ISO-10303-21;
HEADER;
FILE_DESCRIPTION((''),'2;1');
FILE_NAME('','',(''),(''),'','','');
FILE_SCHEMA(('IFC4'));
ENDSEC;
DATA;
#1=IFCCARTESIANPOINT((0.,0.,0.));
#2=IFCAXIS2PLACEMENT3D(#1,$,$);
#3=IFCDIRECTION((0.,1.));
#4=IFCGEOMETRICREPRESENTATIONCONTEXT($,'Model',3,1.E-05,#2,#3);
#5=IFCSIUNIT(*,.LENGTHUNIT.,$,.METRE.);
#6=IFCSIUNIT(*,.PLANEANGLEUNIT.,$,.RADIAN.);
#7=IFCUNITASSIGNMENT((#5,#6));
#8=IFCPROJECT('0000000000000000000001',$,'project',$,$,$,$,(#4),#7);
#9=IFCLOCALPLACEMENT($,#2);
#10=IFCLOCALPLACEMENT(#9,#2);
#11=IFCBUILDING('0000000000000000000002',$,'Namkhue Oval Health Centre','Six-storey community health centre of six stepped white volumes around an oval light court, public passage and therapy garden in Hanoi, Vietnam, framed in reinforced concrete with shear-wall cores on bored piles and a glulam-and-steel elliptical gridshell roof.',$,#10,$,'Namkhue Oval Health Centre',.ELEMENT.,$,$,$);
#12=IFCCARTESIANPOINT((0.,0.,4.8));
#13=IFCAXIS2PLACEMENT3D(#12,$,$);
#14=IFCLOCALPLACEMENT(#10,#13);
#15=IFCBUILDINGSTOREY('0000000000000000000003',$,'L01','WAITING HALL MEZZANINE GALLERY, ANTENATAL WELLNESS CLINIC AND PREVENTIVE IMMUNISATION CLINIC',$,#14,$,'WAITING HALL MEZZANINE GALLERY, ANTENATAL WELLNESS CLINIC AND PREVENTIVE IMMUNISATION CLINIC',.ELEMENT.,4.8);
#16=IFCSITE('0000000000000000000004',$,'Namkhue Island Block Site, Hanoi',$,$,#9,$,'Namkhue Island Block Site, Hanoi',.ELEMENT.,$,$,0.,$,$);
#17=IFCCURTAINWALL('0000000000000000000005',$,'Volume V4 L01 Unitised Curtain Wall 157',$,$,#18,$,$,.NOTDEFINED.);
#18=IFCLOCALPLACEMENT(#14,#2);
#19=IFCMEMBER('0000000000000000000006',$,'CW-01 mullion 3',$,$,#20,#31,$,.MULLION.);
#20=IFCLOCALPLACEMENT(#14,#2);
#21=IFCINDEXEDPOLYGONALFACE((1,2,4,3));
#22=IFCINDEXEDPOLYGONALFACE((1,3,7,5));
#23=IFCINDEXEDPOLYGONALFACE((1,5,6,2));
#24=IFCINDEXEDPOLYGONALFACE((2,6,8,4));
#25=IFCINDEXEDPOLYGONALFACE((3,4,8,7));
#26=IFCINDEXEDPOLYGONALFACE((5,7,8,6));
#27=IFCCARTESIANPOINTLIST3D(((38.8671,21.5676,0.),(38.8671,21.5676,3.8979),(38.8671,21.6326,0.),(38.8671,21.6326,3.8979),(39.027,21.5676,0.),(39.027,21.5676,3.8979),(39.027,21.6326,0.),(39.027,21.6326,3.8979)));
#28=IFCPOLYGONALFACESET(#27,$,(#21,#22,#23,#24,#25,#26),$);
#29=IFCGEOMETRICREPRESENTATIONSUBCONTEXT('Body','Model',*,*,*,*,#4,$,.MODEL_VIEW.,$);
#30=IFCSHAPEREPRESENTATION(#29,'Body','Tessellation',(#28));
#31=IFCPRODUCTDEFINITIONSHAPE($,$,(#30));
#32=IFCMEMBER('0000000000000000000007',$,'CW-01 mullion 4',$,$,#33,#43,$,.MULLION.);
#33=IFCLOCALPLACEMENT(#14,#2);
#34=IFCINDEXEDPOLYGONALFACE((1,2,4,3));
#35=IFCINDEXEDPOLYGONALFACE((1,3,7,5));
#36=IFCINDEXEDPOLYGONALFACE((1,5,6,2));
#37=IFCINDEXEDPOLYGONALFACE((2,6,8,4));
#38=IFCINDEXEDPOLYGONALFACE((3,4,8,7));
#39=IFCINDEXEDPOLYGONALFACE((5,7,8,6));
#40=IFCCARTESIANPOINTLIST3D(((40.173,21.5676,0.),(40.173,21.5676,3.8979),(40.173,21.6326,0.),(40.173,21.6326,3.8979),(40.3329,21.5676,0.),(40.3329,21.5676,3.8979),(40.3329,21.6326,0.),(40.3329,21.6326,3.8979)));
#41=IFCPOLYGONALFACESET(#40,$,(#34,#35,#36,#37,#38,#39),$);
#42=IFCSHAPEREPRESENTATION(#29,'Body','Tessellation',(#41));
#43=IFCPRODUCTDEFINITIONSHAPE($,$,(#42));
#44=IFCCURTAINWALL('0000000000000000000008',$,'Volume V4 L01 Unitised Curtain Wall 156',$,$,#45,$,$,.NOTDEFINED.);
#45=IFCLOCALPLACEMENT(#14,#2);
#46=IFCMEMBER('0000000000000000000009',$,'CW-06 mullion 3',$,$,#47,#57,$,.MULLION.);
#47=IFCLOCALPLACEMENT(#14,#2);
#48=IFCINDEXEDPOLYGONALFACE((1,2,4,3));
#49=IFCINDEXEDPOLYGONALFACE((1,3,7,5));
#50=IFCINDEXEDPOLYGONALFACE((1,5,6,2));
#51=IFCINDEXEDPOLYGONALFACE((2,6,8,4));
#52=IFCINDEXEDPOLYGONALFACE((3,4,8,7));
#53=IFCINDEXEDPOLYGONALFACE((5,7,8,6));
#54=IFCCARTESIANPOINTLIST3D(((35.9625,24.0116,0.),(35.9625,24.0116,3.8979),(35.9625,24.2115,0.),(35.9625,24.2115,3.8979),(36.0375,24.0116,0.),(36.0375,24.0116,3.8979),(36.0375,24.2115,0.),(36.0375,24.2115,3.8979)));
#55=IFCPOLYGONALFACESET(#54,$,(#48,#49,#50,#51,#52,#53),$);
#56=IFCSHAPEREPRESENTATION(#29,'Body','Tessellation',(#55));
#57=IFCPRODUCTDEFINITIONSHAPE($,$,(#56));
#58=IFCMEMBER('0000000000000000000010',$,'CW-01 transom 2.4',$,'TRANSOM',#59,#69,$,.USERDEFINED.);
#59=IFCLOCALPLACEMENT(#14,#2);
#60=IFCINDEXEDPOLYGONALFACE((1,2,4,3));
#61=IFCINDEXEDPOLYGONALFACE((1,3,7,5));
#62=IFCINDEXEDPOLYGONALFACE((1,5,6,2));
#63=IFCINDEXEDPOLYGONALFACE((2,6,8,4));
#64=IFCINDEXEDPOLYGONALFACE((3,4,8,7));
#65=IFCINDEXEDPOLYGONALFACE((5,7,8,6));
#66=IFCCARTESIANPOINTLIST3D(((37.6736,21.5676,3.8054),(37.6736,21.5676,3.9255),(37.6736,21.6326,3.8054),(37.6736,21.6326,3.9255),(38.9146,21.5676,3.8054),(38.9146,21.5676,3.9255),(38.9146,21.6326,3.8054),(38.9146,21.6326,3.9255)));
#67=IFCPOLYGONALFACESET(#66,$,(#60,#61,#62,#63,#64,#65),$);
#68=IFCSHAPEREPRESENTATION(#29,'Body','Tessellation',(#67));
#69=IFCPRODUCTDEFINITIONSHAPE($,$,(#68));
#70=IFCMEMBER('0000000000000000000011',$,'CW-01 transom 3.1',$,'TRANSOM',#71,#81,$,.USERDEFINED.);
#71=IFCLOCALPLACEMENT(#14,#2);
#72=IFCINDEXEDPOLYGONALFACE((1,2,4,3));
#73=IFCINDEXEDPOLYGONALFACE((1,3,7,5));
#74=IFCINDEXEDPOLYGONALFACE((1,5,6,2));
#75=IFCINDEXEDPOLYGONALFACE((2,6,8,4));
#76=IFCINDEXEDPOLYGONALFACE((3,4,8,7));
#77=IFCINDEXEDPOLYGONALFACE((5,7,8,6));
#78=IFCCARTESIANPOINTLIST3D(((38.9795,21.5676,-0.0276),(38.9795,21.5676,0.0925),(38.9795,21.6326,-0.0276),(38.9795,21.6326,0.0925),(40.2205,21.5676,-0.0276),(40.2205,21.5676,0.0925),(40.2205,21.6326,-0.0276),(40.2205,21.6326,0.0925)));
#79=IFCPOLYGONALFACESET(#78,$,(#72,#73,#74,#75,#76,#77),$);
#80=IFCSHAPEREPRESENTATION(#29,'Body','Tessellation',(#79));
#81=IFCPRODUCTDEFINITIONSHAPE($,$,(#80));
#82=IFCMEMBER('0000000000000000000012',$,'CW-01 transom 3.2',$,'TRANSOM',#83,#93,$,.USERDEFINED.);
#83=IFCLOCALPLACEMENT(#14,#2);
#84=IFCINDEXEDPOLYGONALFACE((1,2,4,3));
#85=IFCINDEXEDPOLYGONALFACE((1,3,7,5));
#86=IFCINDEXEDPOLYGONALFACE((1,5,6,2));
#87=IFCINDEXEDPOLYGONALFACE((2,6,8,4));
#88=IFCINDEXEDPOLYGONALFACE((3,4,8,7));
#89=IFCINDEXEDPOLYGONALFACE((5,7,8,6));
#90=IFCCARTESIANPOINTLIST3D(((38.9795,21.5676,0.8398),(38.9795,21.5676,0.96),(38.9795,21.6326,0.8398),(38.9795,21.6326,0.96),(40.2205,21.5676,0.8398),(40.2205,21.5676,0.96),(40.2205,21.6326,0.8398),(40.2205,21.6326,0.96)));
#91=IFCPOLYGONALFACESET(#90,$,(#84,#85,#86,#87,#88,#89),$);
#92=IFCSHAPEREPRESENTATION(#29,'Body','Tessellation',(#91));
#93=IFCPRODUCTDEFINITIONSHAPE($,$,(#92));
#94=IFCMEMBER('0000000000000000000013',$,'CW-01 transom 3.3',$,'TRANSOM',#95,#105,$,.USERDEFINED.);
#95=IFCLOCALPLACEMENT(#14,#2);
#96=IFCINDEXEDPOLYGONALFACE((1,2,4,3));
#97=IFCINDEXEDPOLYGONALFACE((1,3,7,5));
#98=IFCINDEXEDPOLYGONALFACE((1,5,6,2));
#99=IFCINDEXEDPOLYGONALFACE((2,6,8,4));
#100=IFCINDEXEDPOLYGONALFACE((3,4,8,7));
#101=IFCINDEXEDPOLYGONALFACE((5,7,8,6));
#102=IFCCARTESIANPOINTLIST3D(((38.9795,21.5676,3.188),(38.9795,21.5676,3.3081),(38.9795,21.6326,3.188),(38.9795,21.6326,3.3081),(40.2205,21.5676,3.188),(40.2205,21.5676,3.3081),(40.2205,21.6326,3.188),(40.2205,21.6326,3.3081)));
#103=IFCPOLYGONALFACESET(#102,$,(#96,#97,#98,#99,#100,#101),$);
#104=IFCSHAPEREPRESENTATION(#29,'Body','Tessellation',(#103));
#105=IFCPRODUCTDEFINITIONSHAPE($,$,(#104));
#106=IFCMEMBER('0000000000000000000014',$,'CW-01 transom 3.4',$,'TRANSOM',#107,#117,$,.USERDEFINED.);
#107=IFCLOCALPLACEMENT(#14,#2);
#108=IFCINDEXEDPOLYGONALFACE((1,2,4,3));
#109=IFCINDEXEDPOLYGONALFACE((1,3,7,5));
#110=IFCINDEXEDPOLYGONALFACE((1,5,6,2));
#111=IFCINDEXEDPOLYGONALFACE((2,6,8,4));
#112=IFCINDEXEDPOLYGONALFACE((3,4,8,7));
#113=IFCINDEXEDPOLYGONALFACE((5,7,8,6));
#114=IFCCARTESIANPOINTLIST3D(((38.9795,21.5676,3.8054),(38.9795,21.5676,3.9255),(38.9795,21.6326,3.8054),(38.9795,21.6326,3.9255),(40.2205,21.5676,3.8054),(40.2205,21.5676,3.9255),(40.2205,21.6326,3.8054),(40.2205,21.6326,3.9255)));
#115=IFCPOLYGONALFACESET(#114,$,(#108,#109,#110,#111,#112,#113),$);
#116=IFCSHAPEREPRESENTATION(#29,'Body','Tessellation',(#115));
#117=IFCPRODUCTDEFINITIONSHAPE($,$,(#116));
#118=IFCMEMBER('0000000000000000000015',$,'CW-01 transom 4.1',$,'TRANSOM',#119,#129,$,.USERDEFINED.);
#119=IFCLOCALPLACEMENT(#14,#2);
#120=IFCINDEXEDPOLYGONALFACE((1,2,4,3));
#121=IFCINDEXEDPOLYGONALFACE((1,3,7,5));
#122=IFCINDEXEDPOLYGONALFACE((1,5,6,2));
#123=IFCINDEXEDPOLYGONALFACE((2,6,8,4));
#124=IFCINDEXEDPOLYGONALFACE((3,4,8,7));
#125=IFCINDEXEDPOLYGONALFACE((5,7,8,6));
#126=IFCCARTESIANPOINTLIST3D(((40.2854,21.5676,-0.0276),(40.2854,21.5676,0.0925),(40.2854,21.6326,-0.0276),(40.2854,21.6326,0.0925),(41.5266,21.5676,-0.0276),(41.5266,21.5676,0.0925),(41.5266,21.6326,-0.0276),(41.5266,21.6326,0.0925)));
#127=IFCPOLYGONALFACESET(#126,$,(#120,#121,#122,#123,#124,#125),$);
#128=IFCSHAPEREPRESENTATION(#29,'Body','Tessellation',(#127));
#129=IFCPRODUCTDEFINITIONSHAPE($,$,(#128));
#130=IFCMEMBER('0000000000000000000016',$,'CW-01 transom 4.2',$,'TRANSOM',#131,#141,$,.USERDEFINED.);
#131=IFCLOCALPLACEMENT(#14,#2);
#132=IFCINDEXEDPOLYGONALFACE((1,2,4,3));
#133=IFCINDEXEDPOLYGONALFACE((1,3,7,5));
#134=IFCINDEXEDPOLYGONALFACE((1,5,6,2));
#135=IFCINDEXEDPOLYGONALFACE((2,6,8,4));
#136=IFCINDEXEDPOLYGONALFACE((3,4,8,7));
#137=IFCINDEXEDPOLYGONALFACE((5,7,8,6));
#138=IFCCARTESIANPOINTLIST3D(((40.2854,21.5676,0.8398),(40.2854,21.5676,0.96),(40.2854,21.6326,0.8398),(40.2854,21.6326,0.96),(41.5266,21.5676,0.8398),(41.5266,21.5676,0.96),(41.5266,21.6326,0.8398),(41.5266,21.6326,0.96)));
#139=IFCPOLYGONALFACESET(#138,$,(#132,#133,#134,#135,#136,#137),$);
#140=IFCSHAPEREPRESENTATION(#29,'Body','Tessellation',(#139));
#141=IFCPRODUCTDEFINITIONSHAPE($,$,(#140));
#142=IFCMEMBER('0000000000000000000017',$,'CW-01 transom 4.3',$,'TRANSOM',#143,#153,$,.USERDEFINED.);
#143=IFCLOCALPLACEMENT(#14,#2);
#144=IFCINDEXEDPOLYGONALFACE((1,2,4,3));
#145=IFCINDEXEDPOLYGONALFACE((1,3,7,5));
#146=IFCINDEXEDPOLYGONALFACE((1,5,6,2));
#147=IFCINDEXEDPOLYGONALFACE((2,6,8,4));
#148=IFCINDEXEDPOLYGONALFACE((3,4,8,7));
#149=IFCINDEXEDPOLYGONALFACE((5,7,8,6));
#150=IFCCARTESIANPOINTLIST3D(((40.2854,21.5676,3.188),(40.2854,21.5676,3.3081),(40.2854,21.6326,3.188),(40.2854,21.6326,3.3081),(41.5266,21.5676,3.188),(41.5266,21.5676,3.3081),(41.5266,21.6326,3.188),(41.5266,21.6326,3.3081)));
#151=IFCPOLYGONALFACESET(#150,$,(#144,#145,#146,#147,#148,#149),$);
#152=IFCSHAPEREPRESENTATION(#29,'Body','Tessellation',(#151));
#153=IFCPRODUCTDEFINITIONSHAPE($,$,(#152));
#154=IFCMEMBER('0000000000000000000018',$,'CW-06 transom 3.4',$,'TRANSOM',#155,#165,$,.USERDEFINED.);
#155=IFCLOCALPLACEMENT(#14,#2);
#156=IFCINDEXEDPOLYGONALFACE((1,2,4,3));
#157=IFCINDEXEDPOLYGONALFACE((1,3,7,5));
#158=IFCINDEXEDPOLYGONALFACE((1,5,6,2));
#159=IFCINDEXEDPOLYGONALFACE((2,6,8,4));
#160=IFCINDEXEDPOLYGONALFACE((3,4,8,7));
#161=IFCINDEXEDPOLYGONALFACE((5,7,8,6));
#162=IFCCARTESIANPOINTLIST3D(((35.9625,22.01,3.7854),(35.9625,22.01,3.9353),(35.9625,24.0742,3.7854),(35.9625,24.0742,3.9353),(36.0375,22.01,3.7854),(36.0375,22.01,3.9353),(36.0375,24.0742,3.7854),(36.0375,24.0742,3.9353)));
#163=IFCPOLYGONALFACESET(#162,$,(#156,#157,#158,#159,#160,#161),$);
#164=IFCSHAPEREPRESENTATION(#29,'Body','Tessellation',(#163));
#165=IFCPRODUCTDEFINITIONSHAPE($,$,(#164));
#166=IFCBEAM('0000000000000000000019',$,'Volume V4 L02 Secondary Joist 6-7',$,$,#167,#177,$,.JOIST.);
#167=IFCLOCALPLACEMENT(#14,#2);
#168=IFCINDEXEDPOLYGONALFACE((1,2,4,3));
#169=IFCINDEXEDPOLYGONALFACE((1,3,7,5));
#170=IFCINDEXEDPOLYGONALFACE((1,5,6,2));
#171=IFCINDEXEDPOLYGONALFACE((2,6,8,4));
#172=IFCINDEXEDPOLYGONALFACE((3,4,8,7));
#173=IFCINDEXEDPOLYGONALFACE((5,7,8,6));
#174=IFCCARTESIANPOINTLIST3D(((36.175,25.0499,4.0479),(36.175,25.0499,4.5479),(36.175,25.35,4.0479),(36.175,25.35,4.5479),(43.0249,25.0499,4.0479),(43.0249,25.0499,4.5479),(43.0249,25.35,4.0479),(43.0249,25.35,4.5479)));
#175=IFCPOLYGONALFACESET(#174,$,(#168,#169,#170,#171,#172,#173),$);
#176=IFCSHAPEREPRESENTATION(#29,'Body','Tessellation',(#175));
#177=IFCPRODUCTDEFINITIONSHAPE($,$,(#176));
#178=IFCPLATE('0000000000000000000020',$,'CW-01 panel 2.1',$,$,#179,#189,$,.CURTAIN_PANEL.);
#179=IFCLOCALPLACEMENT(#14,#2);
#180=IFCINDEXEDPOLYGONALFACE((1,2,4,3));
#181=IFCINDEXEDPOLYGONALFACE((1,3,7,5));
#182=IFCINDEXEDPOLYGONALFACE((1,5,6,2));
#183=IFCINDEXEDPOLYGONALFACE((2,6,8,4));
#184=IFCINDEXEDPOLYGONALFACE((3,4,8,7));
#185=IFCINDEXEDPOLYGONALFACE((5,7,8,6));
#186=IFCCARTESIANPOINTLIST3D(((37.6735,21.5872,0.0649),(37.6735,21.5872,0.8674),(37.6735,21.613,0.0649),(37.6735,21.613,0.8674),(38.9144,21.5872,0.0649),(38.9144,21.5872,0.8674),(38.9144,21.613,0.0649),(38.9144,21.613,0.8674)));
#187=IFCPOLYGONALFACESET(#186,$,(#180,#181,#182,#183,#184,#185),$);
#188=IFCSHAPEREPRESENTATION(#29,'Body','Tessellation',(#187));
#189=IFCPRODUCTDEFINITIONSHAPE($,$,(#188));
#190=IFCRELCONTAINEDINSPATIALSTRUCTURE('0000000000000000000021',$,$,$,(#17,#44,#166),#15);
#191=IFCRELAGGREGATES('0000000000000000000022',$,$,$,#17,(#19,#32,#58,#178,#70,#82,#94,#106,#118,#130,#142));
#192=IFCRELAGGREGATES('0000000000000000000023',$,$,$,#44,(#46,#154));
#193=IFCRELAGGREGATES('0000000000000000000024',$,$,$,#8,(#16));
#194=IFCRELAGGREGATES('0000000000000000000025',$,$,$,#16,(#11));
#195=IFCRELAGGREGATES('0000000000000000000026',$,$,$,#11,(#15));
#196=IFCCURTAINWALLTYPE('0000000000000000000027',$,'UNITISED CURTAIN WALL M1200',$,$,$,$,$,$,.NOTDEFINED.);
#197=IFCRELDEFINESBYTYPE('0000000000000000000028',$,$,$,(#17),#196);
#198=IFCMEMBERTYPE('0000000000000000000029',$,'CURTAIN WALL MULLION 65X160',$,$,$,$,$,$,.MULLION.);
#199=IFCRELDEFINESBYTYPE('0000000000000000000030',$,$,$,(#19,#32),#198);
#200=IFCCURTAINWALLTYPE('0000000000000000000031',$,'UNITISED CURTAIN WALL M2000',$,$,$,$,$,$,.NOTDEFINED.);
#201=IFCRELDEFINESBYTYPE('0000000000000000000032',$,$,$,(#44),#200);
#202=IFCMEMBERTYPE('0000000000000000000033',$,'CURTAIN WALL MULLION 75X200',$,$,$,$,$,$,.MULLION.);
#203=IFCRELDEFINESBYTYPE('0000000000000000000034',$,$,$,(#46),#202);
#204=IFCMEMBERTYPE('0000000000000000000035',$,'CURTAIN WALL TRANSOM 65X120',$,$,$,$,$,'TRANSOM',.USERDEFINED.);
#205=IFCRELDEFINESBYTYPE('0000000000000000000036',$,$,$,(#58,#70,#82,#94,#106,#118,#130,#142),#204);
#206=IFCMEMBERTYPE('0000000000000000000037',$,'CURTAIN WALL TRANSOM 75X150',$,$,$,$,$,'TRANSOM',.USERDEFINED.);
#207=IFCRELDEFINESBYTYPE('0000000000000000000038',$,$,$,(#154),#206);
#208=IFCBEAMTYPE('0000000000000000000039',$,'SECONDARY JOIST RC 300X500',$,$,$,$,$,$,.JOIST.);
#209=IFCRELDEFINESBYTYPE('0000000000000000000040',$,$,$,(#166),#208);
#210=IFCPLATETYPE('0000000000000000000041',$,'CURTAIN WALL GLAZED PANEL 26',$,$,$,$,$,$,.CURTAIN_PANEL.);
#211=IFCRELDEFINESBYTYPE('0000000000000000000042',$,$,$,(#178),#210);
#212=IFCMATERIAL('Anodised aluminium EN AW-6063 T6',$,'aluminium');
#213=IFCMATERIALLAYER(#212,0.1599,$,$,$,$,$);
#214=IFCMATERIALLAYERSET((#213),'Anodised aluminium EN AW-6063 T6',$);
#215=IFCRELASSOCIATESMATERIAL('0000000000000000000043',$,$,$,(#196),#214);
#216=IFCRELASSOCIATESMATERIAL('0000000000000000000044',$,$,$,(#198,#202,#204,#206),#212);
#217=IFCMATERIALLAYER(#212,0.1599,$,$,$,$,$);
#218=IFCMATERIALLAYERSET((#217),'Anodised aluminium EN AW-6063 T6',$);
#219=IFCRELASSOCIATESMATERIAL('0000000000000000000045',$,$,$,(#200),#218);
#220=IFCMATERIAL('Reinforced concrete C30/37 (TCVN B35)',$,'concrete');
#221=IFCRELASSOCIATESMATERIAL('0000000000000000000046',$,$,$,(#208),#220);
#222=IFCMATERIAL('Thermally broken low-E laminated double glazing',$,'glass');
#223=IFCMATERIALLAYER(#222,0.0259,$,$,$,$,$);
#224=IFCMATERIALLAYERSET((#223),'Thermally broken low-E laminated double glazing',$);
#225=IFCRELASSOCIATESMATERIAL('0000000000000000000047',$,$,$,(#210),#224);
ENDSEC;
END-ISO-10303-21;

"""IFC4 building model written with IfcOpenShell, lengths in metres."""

from ifc_helpers import new_model, si_unit, direction, frame, origin, origin_2d, place, context, subcontext, project, spatial, rectangle, extrude, material, layer, layer_set, material_profile, profile_set, type_object, element, aggregate, save


model = new_model("IFC4")

# Units and contexts
model_context = context("Model", 3, precision=1e-05, world=origin(), true_north=direction((0.0, 1.0)))
body_context = subcontext(model_context, "Body", "Model", "MODEL_VIEW")
ifc_project = project(units=[si_unit("LENGTHUNIT", "METRE"), si_unit("PLANEANGLEUNIT", "RADIAN")], contexts=[model_context])

# Site, building, storey
site_placement = place(None, origin())
site = spatial("IfcSite", under=ifc_project, at=site_placement, Name="Namkhue Island Block Site, Hanoi", LongName="Namkhue Island Block Site, Hanoi", CompositionType="ELEMENT", RefElevation=0.0)
building_placement = place(site_placement, origin())
building = spatial("IfcBuilding", under=site, at=building_placement, Name="Namkhue Oval Health Centre", Description="Six-storey community health centre of six stepped white volumes around an oval light court, public passage and therapy garden in Hanoi, Vietnam, framed in reinforced concrete with shear-wall cores on bored piles and a glulam-and-steel elliptical gridshell roof.", LongName="Namkhue Oval Health Centre", CompositionType="ELEMENT")
storey_placement = place(building_placement, frame((0.0, 0.0, 4.8)))
storey = spatial("IfcBuildingStorey", under=building, at=storey_placement, Name="L01", Description="WAITING HALL MEZZANINE GALLERY, ANTENATAL WELLNESS CLINIC AND PREVENTIVE IMMUNISATION CLINIC", LongName="WAITING HALL MEZZANINE GALLERY, ANTENATAL WELLNESS CLINIC AND PREVENTIVE IMMUNISATION CLINIC", CompositionType="ELEMENT", Elevation=4.8)

# Curtain wall, members
ifc_material_1 = material(Name="Anodised aluminium EN AW-6063 T6", Category="aluminium")
ifc_layer_1 = layer(ifc_material_1, 0.1599)
ifc_layer_set_1 = layer_set([ifc_layer_1], Name="Anodised aluminium EN AW-6063 T6")
curtain_wall_type_1 = type_object("IfcCurtainWallType", Name="UNITISED CURTAIN WALL M1200", PredefinedType="NOTDEFINED", material=ifc_layer_set_1)
curtain_wall_1_placement = place(storey_placement, origin())
curtain_wall_1 = element("IfcCurtainWall", 1, at=curtain_wall_1_placement, inside=storey, type_object=curtain_wall_type_1, Name="Volume V4 L01 Unitised Curtain Wall 157", PredefinedType="NOTDEFINED")
ifc_material_profile_1 = material_profile(ifc_material_1, rectangle(XDim=0.0649, YDim=0.1599, at=origin_2d()), Name="ALU 65x160")
ifc_profile_set_1 = profile_set([ifc_material_profile_1], Name="Anodised aluminium EN AW-6063 T6")
member_type_1 = type_object("IfcMemberType", Name="CURTAIN WALL MULLION 65X160", PredefinedType="MULLION", material=ifc_profile_set_1)
member_1_placement = place(storey_placement, frame((38.947, 21.6001, 0.0), z_axis=(0.0, 0.0, 1.0), x_axis=(0.0, 1.0, 0.0)))
member_1 = element("IfcMember", 2, at=member_1_placement, type_object=member_type_1, Name="CW-01 mullion 3", PredefinedType="MULLION", context=body_context, shape_type="SweptSolid", body=[
    extrude(rectangle(XDim=0.0649, YDim=0.1599, at=origin_2d()), origin(), (0.0, 0.0, 1.0), 3.8979),
])
member_2_placement = place(storey_placement, frame((40.2529, 21.6001, 0.0), z_axis=(0.0, 0.0, 1.0), x_axis=(0.0, 1.0, 0.0)))
member_2 = element("IfcMember", 3, at=member_2_placement, type_object=member_type_1, Name="CW-01 mullion 4", PredefinedType="MULLION", context=body_context, shape_type="SweptSolid", body=[
    extrude(rectangle(XDim=0.0649, YDim=0.1599, at=origin_2d()), origin(), (0.0, 0.0, 1.0), 3.8979),
])

# Curtain wall, member
ifc_layer_2 = layer(ifc_material_1, 0.1599)
ifc_layer_set_2 = layer_set([ifc_layer_2], Name="Anodised aluminium EN AW-6063 T6")
curtain_wall_type_2 = type_object("IfcCurtainWallType", Name="UNITISED CURTAIN WALL M2000", PredefinedType="NOTDEFINED", material=ifc_layer_set_2)
curtain_wall_2_placement = place(storey_placement, origin())
curtain_wall_2 = element("IfcCurtainWall", 4, at=curtain_wall_2_placement, inside=storey, type_object=curtain_wall_type_2, Name="Volume V4 L01 Unitised Curtain Wall 156", PredefinedType="NOTDEFINED")
ifc_material_profile_2 = material_profile(ifc_material_1, rectangle(XDim=0.075, YDim=0.2, at=origin_2d()), Name="ALU 75x200")
ifc_profile_set_2 = profile_set([ifc_material_profile_2], Name="Anodised aluminium EN AW-6063 T6")
member_type_2 = type_object("IfcMemberType", Name="CURTAIN WALL MULLION 75X200", PredefinedType="MULLION", material=ifc_profile_set_2)
member_3_placement = place(storey_placement, frame((36.0, 24.1116, 0.0), z_axis=(0.0, 0.0, 1.0), x_axis=(1.0, 0.0, 0.0)))
member_3 = element("IfcMember", 5, at=member_3_placement, type_object=member_type_2, Name="CW-06 mullion 3", PredefinedType="MULLION", context=body_context, shape_type="SweptSolid", body=[
    extrude(rectangle(XDim=0.075, YDim=0.2, at=origin_2d()), origin(), (0.0, 0.0, 1.0), 3.8979),
])

# Members
ifc_material_profile_3 = material_profile(ifc_material_1, rectangle(XDim=0.0649, YDim=0.1201, at=origin_2d()), Name="ALU 65x120")
ifc_profile_set_3 = profile_set([ifc_material_profile_3], Name="Anodised aluminium EN AW-6063 T6")
member_type_3 = type_object("IfcMemberType", Name="CURTAIN WALL TRANSOM 65X120", ElementType="TRANSOM", PredefinedType="USERDEFINED", material=ifc_profile_set_3)
member_4_placement = place(storey_placement, frame((37.6736, 21.6001, 3.8655), z_axis=(1.0, 0.0, 0.0), x_axis=(0.0, 1.0, 0.0)))
member_4 = element("IfcMember", 6, at=member_4_placement, type_object=member_type_3, Name="CW-01 transom 2.4", ObjectType="TRANSOM", PredefinedType="USERDEFINED", context=body_context, shape_type="SweptSolid", body=[
    extrude(rectangle(XDim=0.0649, YDim=0.1201, at=origin_2d()), origin(), (0.0, 0.0, 1.0), 1.241),
])
member_5_placement = place(storey_placement, frame((38.9795, 21.6001, 0.0325), z_axis=(1.0, 0.0, 0.0), x_axis=(0.0, 1.0, 0.0)))
member_5 = element("IfcMember", 7, at=member_5_placement, type_object=member_type_3, Name="CW-01 transom 3.1", ObjectType="TRANSOM", PredefinedType="USERDEFINED", context=body_context, shape_type="SweptSolid", body=[
    extrude(rectangle(XDim=0.0649, YDim=0.1201, at=origin_2d()), origin(), (0.0, 0.0, 1.0), 1.241),
])
member_6_placement = place(storey_placement, frame((38.9795, 21.6001, 0.8999), z_axis=(1.0, 0.0, 0.0), x_axis=(0.0, 1.0, 0.0)))
member_6 = element("IfcMember", 8, at=member_6_placement, type_object=member_type_3, Name="CW-01 transom 3.2", ObjectType="TRANSOM", PredefinedType="USERDEFINED", context=body_context, shape_type="SweptSolid", body=[
    extrude(rectangle(XDim=0.0649, YDim=0.1201, at=origin_2d()), origin(), (0.0, 0.0, 1.0), 1.241),
])
member_7_placement = place(storey_placement, frame((38.9795, 21.6001, 3.248), z_axis=(1.0, 0.0, 0.0), x_axis=(0.0, 1.0, 0.0)))
member_7 = element("IfcMember", 9, at=member_7_placement, type_object=member_type_3, Name="CW-01 transom 3.3", ObjectType="TRANSOM", PredefinedType="USERDEFINED", context=body_context, shape_type="SweptSolid", body=[
    extrude(rectangle(XDim=0.0649, YDim=0.1201, at=origin_2d()), origin(), (0.0, 0.0, 1.0), 1.241),
])
member_8_placement = place(storey_placement, frame((38.9795, 21.6001, 3.8655), z_axis=(1.0, 0.0, 0.0), x_axis=(0.0, 1.0, 0.0)))
member_8 = element("IfcMember", 10, at=member_8_placement, type_object=member_type_3, Name="CW-01 transom 3.4", ObjectType="TRANSOM", PredefinedType="USERDEFINED", context=body_context, shape_type="SweptSolid", body=[
    extrude(rectangle(XDim=0.0649, YDim=0.1201, at=origin_2d()), origin(), (0.0, 0.0, 1.0), 1.241),
])
member_9_placement = place(storey_placement, frame((40.2854, 21.6001, 0.0325), z_axis=(1.0, 0.0, 0.0), x_axis=(0.0, 1.0, 0.0)))
member_9 = element("IfcMember", 11, at=member_9_placement, type_object=member_type_3, Name="CW-01 transom 4.1", ObjectType="TRANSOM", PredefinedType="USERDEFINED", context=body_context, shape_type="SweptSolid", body=[
    extrude(rectangle(XDim=0.0649, YDim=0.1201, at=origin_2d()), origin(), (0.0, 0.0, 1.0), 1.2412),
])
member_10_placement = place(storey_placement, frame((40.2854, 21.6001, 0.8999), z_axis=(1.0, 0.0, 0.0), x_axis=(0.0, 1.0, 0.0)))
member_10 = element("IfcMember", 12, at=member_10_placement, type_object=member_type_3, Name="CW-01 transom 4.2", ObjectType="TRANSOM", PredefinedType="USERDEFINED", context=body_context, shape_type="SweptSolid", body=[
    extrude(rectangle(XDim=0.0649, YDim=0.1201, at=origin_2d()), origin(), (0.0, 0.0, 1.0), 1.2412),
])
member_11_placement = place(storey_placement, frame((40.2854, 21.6001, 3.248), z_axis=(1.0, 0.0, 0.0), x_axis=(0.0, 1.0, 0.0)))
member_11 = element("IfcMember", 13, at=member_11_placement, type_object=member_type_3, Name="CW-01 transom 4.3", ObjectType="TRANSOM", PredefinedType="USERDEFINED", context=body_context, shape_type="SweptSolid", body=[
    extrude(rectangle(XDim=0.0649, YDim=0.1201, at=origin_2d()), origin(), (0.0, 0.0, 1.0), 1.2412),
])
ifc_material_profile_4 = material_profile(ifc_material_1, rectangle(XDim=0.075, YDim=0.1499, at=origin_2d()), Name="ALU 75x150")
ifc_profile_set_4 = profile_set([ifc_material_profile_4], Name="Anodised aluminium EN AW-6063 T6")
member_type_4 = type_object("IfcMemberType", Name="CURTAIN WALL TRANSOM 75X150", ElementType="TRANSOM", PredefinedType="USERDEFINED", material=ifc_profile_set_4)
member_12_placement = place(storey_placement, frame((36.0, 24.0742, 3.8604), z_axis=(0.0, -1.0, 0.0), x_axis=(1.0, 0.0, 0.0)))
member_12 = element("IfcMember", 14, at=member_12_placement, type_object=member_type_4, Name="CW-06 transom 3.4", ObjectType="TRANSOM", PredefinedType="USERDEFINED", context=body_context, shape_type="SweptSolid", body=[
    extrude(rectangle(XDim=0.075, YDim=0.1499, at=origin_2d()), origin(), (0.0, 0.0, 1.0), 2.0642),
])

# Beam
ifc_material_2 = material(Name="Reinforced concrete C30/37 (TCVN B35)", Category="concrete")
ifc_material_profile_5 = material_profile(ifc_material_2, rectangle(XDim=0.3, YDim=0.5, at=origin_2d()), Name="RC 300x500")
ifc_profile_set_5 = profile_set([ifc_material_profile_5], Name="Reinforced concrete C30/37 (TCVN B35)")
beam_type = type_object("IfcBeamType", Name="SECONDARY JOIST RC 300X500", PredefinedType="JOIST", material=ifc_profile_set_5)
beam_placement = place(storey_placement, frame((36.175, 25.2, 4.2979), z_axis=(1.0, 0.0, 0.0), x_axis=(0.0, 1.0, 0.0)))
element("IfcBeam", 15, at=beam_placement, inside=storey, type_object=beam_type, Name="Volume V4 L02 Secondary Joist 6-7", PredefinedType="JOIST", context=body_context, shape_type="SweptSolid", body=[
    extrude(rectangle(XDim=0.3, YDim=0.5, at=origin_2d()), origin(), (0.0, 0.0, 1.0), 6.8499),
])

# Plate
ifc_material_3 = material(Name="Thermally broken low-E laminated double glazing", Category="glass")
ifc_layer_3 = layer(ifc_material_3, 0.0259)
ifc_layer_set_3 = layer_set([ifc_layer_3], Name="Thermally broken low-E laminated double glazing")
plate_type_1 = type_object("IfcPlateType", Name="CURTAIN WALL GLAZED PANEL 26", PredefinedType="CURTAIN_PANEL", material=ifc_layer_set_3)
plate_1_placement = place(storey_placement, frame((38.2939, 21.6001, 0.0649), z_axis=(0.0, 0.0, 1.0), x_axis=(1.0, 0.0, 0.0)))
plate_1 = element("IfcPlate", 16, at=plate_1_placement, type_object=plate_type_1, Name="CW-01 panel 2.1", PredefinedType="CURTAIN_PANEL", context=body_context, shape_type="SweptSolid", body=[
    extrude(rectangle(XDim=1.241, YDim=0.0259, at=origin_2d()), origin(), (0.0, 0.0, 1.0), 0.8025),
])
aggregate(curtain_wall_1, [member_1, member_2, member_4, plate_1, member_5, member_6, member_7, member_8, member_9, member_10, member_11])
aggregate(curtain_wall_2, [member_3, member_12])

save(model, "model.ifc")
